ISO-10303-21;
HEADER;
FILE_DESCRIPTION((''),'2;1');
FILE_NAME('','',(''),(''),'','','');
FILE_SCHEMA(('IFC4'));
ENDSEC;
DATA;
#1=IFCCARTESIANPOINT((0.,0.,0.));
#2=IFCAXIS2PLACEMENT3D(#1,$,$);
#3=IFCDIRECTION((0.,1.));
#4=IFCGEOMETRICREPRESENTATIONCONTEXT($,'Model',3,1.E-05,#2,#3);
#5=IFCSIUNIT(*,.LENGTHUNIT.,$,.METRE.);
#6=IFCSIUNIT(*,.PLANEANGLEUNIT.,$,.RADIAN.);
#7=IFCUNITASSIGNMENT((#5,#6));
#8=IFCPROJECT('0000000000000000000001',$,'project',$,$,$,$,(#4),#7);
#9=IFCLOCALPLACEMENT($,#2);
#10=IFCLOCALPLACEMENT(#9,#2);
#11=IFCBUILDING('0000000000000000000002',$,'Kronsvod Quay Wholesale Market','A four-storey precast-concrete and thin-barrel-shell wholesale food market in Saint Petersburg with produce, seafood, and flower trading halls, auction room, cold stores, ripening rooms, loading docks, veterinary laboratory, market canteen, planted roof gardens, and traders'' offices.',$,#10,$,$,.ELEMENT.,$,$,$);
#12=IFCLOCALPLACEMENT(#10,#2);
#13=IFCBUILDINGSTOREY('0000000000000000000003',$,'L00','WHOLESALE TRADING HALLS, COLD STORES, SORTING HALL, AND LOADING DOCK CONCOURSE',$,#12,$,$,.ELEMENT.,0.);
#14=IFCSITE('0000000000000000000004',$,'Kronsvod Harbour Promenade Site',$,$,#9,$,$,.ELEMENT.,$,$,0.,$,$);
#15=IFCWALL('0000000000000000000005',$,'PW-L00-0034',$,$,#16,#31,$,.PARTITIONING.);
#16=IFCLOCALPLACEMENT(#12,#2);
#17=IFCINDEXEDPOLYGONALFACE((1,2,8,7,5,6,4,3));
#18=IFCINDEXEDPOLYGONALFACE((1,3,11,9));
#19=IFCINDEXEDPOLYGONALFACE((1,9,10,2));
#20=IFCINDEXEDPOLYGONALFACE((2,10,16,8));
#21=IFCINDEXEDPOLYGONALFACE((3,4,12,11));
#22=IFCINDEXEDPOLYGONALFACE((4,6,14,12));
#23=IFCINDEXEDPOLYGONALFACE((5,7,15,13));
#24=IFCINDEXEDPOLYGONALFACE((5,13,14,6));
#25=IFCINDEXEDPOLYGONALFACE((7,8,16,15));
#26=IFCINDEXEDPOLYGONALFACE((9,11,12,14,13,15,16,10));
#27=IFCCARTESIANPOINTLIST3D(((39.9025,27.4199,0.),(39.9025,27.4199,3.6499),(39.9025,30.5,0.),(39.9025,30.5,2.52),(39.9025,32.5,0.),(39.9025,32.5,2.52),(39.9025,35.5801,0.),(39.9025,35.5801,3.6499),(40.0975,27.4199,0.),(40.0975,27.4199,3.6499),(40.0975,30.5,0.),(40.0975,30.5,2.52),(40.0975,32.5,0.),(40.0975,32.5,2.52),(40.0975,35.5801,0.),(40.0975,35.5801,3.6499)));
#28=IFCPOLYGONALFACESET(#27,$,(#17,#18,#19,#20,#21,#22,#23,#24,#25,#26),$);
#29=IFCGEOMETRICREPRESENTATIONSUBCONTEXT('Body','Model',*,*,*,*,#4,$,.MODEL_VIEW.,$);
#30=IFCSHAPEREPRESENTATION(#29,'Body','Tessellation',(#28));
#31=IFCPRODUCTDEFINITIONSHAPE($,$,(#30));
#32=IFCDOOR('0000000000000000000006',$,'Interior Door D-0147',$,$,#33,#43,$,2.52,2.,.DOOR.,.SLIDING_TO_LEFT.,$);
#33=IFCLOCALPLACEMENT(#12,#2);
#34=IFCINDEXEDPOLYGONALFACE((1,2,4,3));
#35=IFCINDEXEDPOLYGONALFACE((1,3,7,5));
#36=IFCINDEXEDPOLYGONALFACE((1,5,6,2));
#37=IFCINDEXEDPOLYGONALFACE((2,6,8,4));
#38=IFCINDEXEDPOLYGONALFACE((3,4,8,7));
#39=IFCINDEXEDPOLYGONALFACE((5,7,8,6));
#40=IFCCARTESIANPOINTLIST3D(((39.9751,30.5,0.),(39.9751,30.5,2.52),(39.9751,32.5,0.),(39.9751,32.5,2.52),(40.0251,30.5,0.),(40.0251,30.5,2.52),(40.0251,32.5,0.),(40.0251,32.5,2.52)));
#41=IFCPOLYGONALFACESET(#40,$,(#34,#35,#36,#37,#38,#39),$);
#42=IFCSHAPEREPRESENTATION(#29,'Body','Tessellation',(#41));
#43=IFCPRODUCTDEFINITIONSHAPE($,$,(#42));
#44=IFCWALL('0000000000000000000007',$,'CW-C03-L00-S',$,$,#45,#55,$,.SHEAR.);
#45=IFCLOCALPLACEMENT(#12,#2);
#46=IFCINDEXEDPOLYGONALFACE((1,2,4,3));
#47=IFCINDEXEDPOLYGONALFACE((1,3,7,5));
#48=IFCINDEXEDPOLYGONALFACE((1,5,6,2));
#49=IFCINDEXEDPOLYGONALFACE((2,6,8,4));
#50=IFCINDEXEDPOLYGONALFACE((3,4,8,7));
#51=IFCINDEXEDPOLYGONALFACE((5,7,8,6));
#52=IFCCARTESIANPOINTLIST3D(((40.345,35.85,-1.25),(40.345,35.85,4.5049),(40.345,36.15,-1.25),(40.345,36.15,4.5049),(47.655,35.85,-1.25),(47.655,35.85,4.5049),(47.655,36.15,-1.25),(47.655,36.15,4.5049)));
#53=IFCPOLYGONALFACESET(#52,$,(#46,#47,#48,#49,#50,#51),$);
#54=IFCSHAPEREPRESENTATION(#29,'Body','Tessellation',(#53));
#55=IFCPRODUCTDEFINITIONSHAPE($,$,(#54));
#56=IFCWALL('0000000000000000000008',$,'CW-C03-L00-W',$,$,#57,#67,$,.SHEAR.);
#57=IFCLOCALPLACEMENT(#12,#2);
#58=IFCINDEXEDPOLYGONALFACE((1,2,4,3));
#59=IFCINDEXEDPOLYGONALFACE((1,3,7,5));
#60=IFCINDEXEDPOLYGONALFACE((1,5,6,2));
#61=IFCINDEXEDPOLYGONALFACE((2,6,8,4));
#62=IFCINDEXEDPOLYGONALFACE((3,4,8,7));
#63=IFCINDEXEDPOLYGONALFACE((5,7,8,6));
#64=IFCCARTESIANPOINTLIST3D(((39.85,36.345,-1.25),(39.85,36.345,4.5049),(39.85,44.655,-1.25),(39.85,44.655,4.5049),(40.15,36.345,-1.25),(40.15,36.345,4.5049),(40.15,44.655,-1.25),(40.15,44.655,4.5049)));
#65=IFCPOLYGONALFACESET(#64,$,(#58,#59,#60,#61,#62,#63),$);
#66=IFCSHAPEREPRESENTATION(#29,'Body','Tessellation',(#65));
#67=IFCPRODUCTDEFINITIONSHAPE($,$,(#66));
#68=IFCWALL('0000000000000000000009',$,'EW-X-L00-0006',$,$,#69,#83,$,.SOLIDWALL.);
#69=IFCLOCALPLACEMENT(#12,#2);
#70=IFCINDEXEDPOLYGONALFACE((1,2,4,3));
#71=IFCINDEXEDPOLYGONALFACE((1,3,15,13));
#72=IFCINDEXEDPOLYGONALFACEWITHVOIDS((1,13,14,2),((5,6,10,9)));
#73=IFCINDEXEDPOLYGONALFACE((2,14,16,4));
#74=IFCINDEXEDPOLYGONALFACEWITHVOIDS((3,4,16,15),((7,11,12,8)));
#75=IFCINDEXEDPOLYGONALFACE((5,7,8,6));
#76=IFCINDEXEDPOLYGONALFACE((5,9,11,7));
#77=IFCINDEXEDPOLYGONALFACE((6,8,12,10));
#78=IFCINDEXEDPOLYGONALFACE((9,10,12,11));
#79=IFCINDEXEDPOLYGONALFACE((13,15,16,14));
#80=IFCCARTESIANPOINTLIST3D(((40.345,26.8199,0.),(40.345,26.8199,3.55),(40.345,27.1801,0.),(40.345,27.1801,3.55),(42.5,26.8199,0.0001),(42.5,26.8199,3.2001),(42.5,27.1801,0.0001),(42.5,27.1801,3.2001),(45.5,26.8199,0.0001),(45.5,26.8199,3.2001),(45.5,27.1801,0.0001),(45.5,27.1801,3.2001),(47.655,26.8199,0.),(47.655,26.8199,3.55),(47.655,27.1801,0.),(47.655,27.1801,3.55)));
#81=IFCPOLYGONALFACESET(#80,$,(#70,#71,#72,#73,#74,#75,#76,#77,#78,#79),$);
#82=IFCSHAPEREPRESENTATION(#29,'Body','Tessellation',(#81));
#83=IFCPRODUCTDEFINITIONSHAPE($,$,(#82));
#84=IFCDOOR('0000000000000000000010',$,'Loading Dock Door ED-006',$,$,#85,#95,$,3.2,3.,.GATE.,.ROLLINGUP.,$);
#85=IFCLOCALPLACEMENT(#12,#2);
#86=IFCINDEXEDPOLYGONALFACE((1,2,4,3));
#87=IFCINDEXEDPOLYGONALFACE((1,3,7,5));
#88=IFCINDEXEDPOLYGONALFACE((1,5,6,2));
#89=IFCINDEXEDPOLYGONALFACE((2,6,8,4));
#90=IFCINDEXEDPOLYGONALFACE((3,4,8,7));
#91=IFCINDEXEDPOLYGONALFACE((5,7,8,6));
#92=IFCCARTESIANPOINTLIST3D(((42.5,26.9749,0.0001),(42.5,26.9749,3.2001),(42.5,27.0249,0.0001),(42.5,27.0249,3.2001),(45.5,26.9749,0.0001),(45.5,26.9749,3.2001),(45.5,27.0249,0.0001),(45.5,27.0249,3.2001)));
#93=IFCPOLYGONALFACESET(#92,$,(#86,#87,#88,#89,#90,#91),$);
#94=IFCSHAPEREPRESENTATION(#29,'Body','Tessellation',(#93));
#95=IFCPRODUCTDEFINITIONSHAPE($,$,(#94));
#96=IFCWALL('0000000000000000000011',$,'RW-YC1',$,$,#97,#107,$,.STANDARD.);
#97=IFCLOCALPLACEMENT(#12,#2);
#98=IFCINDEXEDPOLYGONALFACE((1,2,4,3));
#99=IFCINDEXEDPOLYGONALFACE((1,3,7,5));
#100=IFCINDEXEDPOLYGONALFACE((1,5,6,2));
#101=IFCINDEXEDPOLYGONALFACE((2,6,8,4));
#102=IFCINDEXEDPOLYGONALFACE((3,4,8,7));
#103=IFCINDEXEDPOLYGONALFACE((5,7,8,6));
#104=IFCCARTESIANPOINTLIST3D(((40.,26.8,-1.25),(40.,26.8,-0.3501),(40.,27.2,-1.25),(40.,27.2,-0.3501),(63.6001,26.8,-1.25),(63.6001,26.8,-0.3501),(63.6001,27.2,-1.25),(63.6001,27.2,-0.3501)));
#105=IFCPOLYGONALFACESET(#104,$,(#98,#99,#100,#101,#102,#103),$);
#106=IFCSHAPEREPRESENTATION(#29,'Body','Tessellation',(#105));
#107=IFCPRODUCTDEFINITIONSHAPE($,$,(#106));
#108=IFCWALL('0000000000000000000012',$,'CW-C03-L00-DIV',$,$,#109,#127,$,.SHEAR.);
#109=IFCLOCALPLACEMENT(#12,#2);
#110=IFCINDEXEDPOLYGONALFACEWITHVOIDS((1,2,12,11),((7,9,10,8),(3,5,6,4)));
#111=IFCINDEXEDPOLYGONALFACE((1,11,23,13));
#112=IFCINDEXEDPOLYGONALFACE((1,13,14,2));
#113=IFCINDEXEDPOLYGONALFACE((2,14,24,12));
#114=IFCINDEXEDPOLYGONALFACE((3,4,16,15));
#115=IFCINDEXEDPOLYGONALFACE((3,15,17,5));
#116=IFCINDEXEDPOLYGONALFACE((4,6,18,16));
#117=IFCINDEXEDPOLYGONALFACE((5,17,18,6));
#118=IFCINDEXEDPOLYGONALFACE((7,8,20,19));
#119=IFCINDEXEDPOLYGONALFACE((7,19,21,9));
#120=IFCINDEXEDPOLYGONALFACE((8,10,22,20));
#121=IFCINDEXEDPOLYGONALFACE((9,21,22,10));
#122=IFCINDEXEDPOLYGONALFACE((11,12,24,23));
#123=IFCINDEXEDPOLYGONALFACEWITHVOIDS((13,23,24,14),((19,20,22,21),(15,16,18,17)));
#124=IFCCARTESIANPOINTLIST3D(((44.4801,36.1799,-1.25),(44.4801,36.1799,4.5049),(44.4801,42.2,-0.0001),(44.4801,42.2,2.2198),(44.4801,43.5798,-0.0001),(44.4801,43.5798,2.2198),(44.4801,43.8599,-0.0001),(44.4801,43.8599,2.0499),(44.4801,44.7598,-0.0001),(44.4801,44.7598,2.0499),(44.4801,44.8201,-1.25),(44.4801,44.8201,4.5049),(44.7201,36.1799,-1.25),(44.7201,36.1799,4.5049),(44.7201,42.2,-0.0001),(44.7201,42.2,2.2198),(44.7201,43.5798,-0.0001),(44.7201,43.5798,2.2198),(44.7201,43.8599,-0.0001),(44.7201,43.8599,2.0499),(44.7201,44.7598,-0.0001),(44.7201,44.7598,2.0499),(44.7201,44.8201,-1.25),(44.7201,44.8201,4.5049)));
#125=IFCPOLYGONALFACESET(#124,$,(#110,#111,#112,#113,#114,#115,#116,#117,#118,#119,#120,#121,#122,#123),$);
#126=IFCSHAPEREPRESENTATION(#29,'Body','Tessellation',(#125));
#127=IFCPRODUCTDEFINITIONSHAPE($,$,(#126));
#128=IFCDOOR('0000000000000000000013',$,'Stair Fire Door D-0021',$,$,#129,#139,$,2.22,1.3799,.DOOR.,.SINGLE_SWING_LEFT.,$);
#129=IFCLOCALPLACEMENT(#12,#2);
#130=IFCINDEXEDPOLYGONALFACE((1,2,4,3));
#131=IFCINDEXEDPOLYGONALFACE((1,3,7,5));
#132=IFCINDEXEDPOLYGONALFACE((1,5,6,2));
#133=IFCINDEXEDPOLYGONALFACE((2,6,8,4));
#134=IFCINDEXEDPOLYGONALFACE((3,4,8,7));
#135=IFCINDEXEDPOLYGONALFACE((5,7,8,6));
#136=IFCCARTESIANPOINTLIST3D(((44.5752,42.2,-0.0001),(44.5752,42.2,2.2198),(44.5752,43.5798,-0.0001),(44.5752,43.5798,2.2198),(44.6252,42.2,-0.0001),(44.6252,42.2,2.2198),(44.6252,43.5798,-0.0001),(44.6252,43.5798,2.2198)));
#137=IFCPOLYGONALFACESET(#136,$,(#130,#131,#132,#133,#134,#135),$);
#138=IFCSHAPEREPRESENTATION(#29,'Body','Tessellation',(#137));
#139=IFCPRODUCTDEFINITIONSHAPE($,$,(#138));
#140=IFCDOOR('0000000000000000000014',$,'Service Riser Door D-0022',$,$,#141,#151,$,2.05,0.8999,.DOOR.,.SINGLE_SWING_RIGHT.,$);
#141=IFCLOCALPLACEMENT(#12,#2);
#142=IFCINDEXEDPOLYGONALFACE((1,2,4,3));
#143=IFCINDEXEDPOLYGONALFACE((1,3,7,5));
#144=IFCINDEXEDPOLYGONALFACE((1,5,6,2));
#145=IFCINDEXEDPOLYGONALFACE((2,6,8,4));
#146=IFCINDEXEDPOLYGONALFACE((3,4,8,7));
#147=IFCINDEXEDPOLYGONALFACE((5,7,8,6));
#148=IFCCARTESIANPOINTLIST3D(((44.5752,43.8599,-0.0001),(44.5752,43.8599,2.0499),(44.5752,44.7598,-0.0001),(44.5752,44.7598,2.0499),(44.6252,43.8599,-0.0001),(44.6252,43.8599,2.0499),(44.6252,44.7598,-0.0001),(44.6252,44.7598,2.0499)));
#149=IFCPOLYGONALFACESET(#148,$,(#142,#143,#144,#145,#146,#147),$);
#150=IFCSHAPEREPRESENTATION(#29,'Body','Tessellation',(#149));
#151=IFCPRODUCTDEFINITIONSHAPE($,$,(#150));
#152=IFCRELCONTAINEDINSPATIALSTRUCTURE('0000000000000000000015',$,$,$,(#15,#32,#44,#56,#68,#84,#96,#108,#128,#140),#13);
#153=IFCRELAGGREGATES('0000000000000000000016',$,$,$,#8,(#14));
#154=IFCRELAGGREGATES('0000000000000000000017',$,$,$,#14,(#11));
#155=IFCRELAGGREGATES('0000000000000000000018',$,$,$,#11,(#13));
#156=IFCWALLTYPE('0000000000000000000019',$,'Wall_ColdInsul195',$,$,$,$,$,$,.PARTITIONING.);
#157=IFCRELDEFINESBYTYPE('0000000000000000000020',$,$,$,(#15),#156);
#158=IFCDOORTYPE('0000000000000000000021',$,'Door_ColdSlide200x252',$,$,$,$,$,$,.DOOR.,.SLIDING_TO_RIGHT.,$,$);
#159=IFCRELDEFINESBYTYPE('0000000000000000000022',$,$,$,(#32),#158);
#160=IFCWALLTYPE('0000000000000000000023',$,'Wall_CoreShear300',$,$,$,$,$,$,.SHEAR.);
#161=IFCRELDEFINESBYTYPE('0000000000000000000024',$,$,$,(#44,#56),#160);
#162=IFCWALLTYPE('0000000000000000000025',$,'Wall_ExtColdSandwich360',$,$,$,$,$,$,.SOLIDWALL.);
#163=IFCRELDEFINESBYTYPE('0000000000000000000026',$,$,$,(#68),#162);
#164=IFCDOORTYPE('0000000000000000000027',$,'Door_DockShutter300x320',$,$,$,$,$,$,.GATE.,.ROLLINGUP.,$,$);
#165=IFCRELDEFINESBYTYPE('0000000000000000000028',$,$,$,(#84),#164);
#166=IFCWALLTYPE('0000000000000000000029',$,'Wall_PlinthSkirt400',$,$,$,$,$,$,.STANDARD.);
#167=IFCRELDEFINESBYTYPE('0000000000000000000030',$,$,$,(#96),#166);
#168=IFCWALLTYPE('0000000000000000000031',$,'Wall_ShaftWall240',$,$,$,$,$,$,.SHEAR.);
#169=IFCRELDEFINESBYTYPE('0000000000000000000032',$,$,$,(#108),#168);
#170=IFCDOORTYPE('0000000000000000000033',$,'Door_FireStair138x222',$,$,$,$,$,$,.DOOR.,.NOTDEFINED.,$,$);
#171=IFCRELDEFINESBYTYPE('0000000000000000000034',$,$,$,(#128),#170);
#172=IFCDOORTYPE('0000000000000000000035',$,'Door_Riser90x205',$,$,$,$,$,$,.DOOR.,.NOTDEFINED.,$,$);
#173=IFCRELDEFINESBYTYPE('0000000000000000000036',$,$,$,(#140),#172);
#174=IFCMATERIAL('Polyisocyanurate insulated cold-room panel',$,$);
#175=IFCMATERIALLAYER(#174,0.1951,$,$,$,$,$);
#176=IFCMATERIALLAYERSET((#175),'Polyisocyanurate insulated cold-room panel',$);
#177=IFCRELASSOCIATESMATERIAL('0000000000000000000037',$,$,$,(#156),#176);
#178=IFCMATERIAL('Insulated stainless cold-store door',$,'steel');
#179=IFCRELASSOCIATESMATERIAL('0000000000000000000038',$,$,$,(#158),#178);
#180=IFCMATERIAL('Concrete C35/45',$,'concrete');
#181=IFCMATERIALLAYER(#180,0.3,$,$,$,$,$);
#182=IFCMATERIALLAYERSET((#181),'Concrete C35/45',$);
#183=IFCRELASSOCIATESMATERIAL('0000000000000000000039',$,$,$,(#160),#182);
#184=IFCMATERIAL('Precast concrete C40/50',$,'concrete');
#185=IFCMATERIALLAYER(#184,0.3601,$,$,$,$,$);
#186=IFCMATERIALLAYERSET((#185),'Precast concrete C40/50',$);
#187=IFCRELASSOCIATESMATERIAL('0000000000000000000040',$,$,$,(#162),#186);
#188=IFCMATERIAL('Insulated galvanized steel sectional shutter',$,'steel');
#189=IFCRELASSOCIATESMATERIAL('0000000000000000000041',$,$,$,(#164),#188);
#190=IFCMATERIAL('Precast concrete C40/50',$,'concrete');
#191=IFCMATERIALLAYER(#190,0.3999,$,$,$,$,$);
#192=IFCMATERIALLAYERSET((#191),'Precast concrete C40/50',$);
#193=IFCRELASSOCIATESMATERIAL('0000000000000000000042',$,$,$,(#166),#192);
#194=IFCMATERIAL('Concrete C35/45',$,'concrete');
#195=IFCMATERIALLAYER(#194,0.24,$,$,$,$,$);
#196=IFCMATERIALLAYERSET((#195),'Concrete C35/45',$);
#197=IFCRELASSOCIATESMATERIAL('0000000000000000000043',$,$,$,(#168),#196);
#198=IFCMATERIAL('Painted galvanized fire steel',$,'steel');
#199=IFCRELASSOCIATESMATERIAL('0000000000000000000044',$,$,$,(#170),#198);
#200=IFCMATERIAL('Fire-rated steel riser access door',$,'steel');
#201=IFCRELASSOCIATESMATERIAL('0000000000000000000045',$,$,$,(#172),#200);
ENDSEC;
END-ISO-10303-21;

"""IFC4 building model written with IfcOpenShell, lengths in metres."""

from ifc_helpers import new_model, si_unit, direction, frame, frame_2d, origin, place, context, subcontext, project, spatial, rectangle, extrude, material, layer, layer_set, type_object, element, fill, save


model = new_model("IFC4")

# Units and contexts
model_context = context("Model", 3, precision=1e-05, world=origin(), true_north=direction((0.0, 1.0)))
body_context = subcontext(model_context, "Body", "Model", "MODEL_VIEW")
ifc_project = project(units=[si_unit("LENGTHUNIT", "METRE"), si_unit("PLANEANGLEUNIT", "RADIAN")], contexts=[model_context])

# Site, building, storey
site_placement = place(None, origin())
site = spatial("IfcSite", under=ifc_project, at=site_placement, Name="Kronsvod Harbour Promenade Site", CompositionType="ELEMENT", RefElevation=0.0)
building_placement = place(site_placement, origin())
building = spatial("IfcBuilding", under=site, at=building_placement, Name="Kronsvod Quay Wholesale Market", Description="A four-storey precast-concrete and thin-barrel-shell wholesale food market in Saint Petersburg with produce, seafood, and flower trading halls, auction room, cold stores, ripening rooms, loading docks, veterinary laboratory, market canteen, planted roof gardens, and traders' offices.", CompositionType="ELEMENT")
storey_placement = place(building_placement, origin())
storey = spatial("IfcBuildingStorey", under=building, at=storey_placement, Name="L00", Description="WHOLESALE TRADING HALLS, COLD STORES, SORTING HALL, AND LOADING DOCK CONCOURSE", CompositionType="ELEMENT", Elevation=0.0)

# Wall, opening, door
ifc_material_1 = material(Name="Polyisocyanurate insulated cold-room panel")
ifc_layer_1 = layer(ifc_material_1, 0.1951)
ifc_layer_set_1 = layer_set([ifc_layer_1], Name="Polyisocyanurate insulated cold-room panel")
wall_type_1 = type_object("IfcWallType", Name="Wall_ColdInsul195", PredefinedType="PARTITIONING", material=ifc_layer_set_1)
wall_1_placement = place(storey_placement, frame((40.0, 27.4199, 0.0), z_axis=(0.0, 0.0, 1.0), x_axis=(0.0, 1.0, 0.0)))
wall_1 = element("IfcWall", 1, at=wall_1_placement, inside=storey, type_object=wall_type_1, Name="PW-L00-0034", PredefinedType="PARTITIONING", context=body_context, shape_type="SweptSolid", body=[
    extrude(rectangle(XDim=8.1602, YDim=0.1951, at=frame_2d((4.0801, 0.0))), origin(), (0.0, 0.0, 1.0), 3.6499),
])
opening_1_placement = place(wall_1_placement, frame((3.0801, 0.0, 0.0)))
opening_1 = element("IfcOpeningElement", 2, at=opening_1_placement, cuts=wall_1, PredefinedType="OPENING", context=body_context, shape_type="SweptSolid", body=[
    extrude(rectangle(XDim=2.0, YDim=2.52, at=frame_2d((1.0, 1.26))), frame((0.0, 0.1074, 0.0), z_axis=(0.0, -1.0, 0.0), x_axis=(1.0, 0.0, 0.0)), (0.0, 0.0, 1.0), 0.2151),
])
ifc_material_2 = material(Name="Insulated stainless cold-store door", Category="steel")
door_type_1 = type_object("IfcDoorType", Name="Door_ColdSlide200x252", OperationType="SLIDING_TO_RIGHT", PredefinedType="DOOR", material=ifc_material_2)
door_1_placement = place(opening_1_placement, origin())
door_1 = element("IfcDoor", 3, at=door_1_placement, inside=storey, type_object=door_type_1, Name="Interior Door D-0147", OperationType="SLIDING_TO_LEFT", OverallHeight=2.52, OverallWidth=2.0, PredefinedType="DOOR", context=body_context, shape_type="SweptSolid", body=[
    extrude(rectangle(XDim=2.0, YDim=2.52, at=frame_2d((1.0, 1.26))), frame((0.0, 0.0249, 0.0), z_axis=(0.0, -1.0, 0.0), x_axis=(1.0, 0.0, 0.0)), (0.0, 0.0, 1.0), 0.05),
])
fill(opening_1, door_1)

# Walls
ifc_material_3 = material(Name="Concrete C35/45", Category="concrete")
ifc_layer_2 = layer(ifc_material_3, 0.3)
ifc_layer_set_2 = layer_set([ifc_layer_2], Name="Concrete C35/45")
wall_type_2 = type_object("IfcWallType", Name="Wall_CoreShear300", PredefinedType="SHEAR", material=ifc_layer_set_2)
wall_2_placement = place(storey_placement, frame((40.345, 36.0, -1.25), z_axis=(0.0, 0.0, 1.0), x_axis=(1.0, 0.0, 0.0)))
element("IfcWall", 4, at=wall_2_placement, inside=storey, type_object=wall_type_2, Name="CW-C03-L00-S", PredefinedType="SHEAR", context=body_context, shape_type="SweptSolid", body=[
    extrude(rectangle(XDim=7.3101, YDim=0.3, at=frame_2d((3.655, 0.0))), origin(), (0.0, 0.0, 1.0), 5.7549),
])
wall_3_placement = place(storey_placement, frame((40.0, 36.345, -1.25), z_axis=(0.0, 0.0, 1.0), x_axis=(0.0, 1.0, 0.0)))
element("IfcWall", 5, at=wall_3_placement, inside=storey, type_object=wall_type_2, Name="CW-C03-L00-W", PredefinedType="SHEAR", context=body_context, shape_type="SweptSolid", body=[
    extrude(rectangle(XDim=8.3101, YDim=0.3, at=frame_2d((4.155, 0.0))), origin(), (0.0, 0.0, 1.0), 5.7549),
])

# Wall, opening, door
ifc_material_4 = material(Name="Precast concrete C40/50", Category="concrete")
ifc_layer_3 = layer(ifc_material_4, 0.3601)
ifc_layer_set_3 = layer_set([ifc_layer_3], Name="Precast concrete C40/50")
wall_type_3 = type_object("IfcWallType", Name="Wall_ExtColdSandwich360", PredefinedType="SOLIDWALL", material=ifc_layer_set_3)
wall_4_placement = place(storey_placement, frame((40.345, 27.0, 0.0), z_axis=(0.0, 0.0, 1.0), x_axis=(1.0, 0.0, 0.0)))
wall_4 = element("IfcWall", 6, at=wall_4_placement, inside=storey, type_object=wall_type_3, Name="EW-X-L00-0006", PredefinedType="SOLIDWALL", context=body_context, shape_type="SweptSolid", body=[
    extrude(rectangle(XDim=7.3101, YDim=0.3601, at=frame_2d((3.655, 0.0))), origin(), (0.0, 0.0, 1.0), 3.55),
])
opening_2_placement = place(wall_4_placement, frame((2.155, 0.0, 0.0)))
opening_2 = element("IfcOpeningElement", 7, at=opening_2_placement, cuts=wall_4, PredefinedType="OPENING", context=body_context, shape_type="SweptSolid", body=[
    extrude(rectangle(XDim=3.0, YDim=3.2, at=frame_2d((1.5, 1.6001))), frame((0.0, 0.1899, 0.0), z_axis=(0.0, -1.0, 0.0), x_axis=(1.0, 0.0, 0.0)), (0.0, 0.0, 1.0), 0.3801),
])
ifc_material_5 = material(Name="Insulated galvanized steel sectional shutter", Category="steel")
door_type_2 = type_object("IfcDoorType", Name="Door_DockShutter300x320", OperationType="ROLLINGUP", PredefinedType="GATE", material=ifc_material_5)
door_2_placement = place(opening_2_placement, origin())
door_2 = element("IfcDoor", 8, at=door_2_placement, inside=storey, type_object=door_type_2, Name="Loading Dock Door ED-006", OperationType="ROLLINGUP", OverallHeight=3.2, OverallWidth=3.0, PredefinedType="GATE", context=body_context, shape_type="SweptSolid", body=[
    extrude(rectangle(XDim=3.0, YDim=3.2, at=frame_2d((1.5, 1.6001))), frame((0.0, 0.0249, 0.0), z_axis=(0.0, -1.0, 0.0), x_axis=(1.0, 0.0, 0.0)), (0.0, 0.0, 1.0), 0.05),
])
fill(opening_2, door_2)

# Wall
ifc_material_6 = material(Name="Precast concrete C40/50", Category="concrete")
ifc_layer_4 = layer(ifc_material_6, 0.3999)
ifc_layer_set_4 = layer_set([ifc_layer_4], Name="Precast concrete C40/50")
wall_type_4 = type_object("IfcWallType", Name="Wall_PlinthSkirt400", PredefinedType="STANDARD", material=ifc_layer_set_4)
wall_5_placement = place(storey_placement, frame((40.0, 27.0, -1.25), z_axis=(0.0, 0.0, 1.0), x_axis=(1.0, 0.0, 0.0)))
element("IfcWall", 9, at=wall_5_placement, inside=storey, type_object=wall_type_4, Name="RW-YC1", PredefinedType="STANDARD", context=body_context, shape_type="SweptSolid", body=[
    extrude(rectangle(XDim=23.6001, YDim=0.3999, at=frame_2d((11.8, 0.0))), origin(), (0.0, 0.0, 1.0), 0.8999),
])

# Wall, openings, doors
ifc_material_7 = material(Name="Concrete C35/45", Category="concrete")
ifc_layer_5 = layer(ifc_material_7, 0.24)
ifc_layer_set_5 = layer_set([ifc_layer_5], Name="Concrete C35/45")
wall_type_5 = type_object("IfcWallType", Name="Wall_ShaftWall240", PredefinedType="SHEAR", material=ifc_layer_set_5)
wall_6_placement = place(storey_placement, frame((44.6001, 36.1799, -1.25), z_axis=(0.0, 0.0, 1.0), x_axis=(0.0, 1.0, 0.0)))
wall_6 = element("IfcWall", 10, at=wall_6_placement, inside=storey, type_object=wall_type_5, Name="CW-C03-L00-DIV", PredefinedType="SHEAR", context=body_context, shape_type="SweptSolid", body=[
    extrude(rectangle(XDim=8.6401, YDim=0.24, at=frame_2d((4.3201, 0.0))), origin(), (0.0, 0.0, 1.0), 5.7549),
])
opening_3_placement = place(wall_6_placement, frame((6.02, 0.0, 1.25)))
opening_3 = element("IfcOpeningElement", 11, at=opening_3_placement, cuts=wall_6, PredefinedType="OPENING", context=body_context, shape_type="SweptSolid", body=[
    extrude(rectangle(XDim=1.3799, YDim=2.22, at=frame_2d((0.6899, 1.1099))), frame((0.0, 0.1299, 0.0), z_axis=(0.0, -1.0, 0.0), x_axis=(1.0, 0.0, 0.0)), (0.0, 0.0, 1.0), 0.26),
])
opening_4_placement = place(wall_6_placement, frame((7.6799, 0.0, 1.25)))
opening_4 = element("IfcOpeningElement", 12, at=opening_4_placement, cuts=wall_6, PredefinedType="OPENING", context=body_context, shape_type="SweptSolid", body=[
    extrude(rectangle(XDim=0.8999, YDim=2.05, at=frame_2d((0.45, 1.0249))), frame((0.0, 0.1299, 0.0), z_axis=(0.0, -1.0, 0.0), x_axis=(1.0, 0.0, 0.0)), (0.0, 0.0, 1.0), 0.26),
])
ifc_material_8 = material(Name="Painted galvanized fire steel", Category="steel")
door_type_3 = type_object("IfcDoorType", Name="Door_FireStair138x222", OperationType="NOTDEFINED", PredefinedType="DOOR", material=ifc_material_8)
door_3_placement = place(opening_3_placement, origin())
door_3 = element("IfcDoor", 13, at=door_3_placement, inside=storey, type_object=door_type_3, Name="Stair Fire Door D-0021", OperationType="SINGLE_SWING_LEFT", OverallHeight=2.22, OverallWidth=1.3799, PredefinedType="DOOR", context=body_context, shape_type="SweptSolid", body=[
    extrude(rectangle(XDim=1.3799, YDim=2.22, at=frame_2d((0.6899, 1.1099))), frame((0.0, 0.0249, 0.0), z_axis=(0.0, -1.0, 0.0), x_axis=(1.0, 0.0, 0.0)), (0.0, 0.0, 1.0), 0.05),
])
fill(opening_3, door_3)
ifc_material_9 = material(Name="Fire-rated steel riser access door", Category="steel")
door_type_4 = type_object("IfcDoorType", Name="Door_Riser90x205", OperationType="NOTDEFINED", PredefinedType="DOOR", material=ifc_material_9)
door_4_placement = place(opening_4_placement, origin())
door_4 = element("IfcDoor", 14, at=door_4_placement, inside=storey, type_object=door_type_4, Name="Service Riser Door D-0022", OperationType="SINGLE_SWING_RIGHT", OverallHeight=2.05, OverallWidth=0.8999, PredefinedType="DOOR", context=body_context, shape_type="SweptSolid", body=[
    extrude(rectangle(XDim=0.8999, YDim=2.05, at=frame_2d((0.45, 1.0249))), frame((0.0, 0.0249, 0.0), z_axis=(0.0, -1.0, 0.0), x_axis=(1.0, 0.0, 0.0)), (0.0, 0.0, 1.0), 0.05),
])
fill(opening_4, door_4)

save(model, "model.ifc")
